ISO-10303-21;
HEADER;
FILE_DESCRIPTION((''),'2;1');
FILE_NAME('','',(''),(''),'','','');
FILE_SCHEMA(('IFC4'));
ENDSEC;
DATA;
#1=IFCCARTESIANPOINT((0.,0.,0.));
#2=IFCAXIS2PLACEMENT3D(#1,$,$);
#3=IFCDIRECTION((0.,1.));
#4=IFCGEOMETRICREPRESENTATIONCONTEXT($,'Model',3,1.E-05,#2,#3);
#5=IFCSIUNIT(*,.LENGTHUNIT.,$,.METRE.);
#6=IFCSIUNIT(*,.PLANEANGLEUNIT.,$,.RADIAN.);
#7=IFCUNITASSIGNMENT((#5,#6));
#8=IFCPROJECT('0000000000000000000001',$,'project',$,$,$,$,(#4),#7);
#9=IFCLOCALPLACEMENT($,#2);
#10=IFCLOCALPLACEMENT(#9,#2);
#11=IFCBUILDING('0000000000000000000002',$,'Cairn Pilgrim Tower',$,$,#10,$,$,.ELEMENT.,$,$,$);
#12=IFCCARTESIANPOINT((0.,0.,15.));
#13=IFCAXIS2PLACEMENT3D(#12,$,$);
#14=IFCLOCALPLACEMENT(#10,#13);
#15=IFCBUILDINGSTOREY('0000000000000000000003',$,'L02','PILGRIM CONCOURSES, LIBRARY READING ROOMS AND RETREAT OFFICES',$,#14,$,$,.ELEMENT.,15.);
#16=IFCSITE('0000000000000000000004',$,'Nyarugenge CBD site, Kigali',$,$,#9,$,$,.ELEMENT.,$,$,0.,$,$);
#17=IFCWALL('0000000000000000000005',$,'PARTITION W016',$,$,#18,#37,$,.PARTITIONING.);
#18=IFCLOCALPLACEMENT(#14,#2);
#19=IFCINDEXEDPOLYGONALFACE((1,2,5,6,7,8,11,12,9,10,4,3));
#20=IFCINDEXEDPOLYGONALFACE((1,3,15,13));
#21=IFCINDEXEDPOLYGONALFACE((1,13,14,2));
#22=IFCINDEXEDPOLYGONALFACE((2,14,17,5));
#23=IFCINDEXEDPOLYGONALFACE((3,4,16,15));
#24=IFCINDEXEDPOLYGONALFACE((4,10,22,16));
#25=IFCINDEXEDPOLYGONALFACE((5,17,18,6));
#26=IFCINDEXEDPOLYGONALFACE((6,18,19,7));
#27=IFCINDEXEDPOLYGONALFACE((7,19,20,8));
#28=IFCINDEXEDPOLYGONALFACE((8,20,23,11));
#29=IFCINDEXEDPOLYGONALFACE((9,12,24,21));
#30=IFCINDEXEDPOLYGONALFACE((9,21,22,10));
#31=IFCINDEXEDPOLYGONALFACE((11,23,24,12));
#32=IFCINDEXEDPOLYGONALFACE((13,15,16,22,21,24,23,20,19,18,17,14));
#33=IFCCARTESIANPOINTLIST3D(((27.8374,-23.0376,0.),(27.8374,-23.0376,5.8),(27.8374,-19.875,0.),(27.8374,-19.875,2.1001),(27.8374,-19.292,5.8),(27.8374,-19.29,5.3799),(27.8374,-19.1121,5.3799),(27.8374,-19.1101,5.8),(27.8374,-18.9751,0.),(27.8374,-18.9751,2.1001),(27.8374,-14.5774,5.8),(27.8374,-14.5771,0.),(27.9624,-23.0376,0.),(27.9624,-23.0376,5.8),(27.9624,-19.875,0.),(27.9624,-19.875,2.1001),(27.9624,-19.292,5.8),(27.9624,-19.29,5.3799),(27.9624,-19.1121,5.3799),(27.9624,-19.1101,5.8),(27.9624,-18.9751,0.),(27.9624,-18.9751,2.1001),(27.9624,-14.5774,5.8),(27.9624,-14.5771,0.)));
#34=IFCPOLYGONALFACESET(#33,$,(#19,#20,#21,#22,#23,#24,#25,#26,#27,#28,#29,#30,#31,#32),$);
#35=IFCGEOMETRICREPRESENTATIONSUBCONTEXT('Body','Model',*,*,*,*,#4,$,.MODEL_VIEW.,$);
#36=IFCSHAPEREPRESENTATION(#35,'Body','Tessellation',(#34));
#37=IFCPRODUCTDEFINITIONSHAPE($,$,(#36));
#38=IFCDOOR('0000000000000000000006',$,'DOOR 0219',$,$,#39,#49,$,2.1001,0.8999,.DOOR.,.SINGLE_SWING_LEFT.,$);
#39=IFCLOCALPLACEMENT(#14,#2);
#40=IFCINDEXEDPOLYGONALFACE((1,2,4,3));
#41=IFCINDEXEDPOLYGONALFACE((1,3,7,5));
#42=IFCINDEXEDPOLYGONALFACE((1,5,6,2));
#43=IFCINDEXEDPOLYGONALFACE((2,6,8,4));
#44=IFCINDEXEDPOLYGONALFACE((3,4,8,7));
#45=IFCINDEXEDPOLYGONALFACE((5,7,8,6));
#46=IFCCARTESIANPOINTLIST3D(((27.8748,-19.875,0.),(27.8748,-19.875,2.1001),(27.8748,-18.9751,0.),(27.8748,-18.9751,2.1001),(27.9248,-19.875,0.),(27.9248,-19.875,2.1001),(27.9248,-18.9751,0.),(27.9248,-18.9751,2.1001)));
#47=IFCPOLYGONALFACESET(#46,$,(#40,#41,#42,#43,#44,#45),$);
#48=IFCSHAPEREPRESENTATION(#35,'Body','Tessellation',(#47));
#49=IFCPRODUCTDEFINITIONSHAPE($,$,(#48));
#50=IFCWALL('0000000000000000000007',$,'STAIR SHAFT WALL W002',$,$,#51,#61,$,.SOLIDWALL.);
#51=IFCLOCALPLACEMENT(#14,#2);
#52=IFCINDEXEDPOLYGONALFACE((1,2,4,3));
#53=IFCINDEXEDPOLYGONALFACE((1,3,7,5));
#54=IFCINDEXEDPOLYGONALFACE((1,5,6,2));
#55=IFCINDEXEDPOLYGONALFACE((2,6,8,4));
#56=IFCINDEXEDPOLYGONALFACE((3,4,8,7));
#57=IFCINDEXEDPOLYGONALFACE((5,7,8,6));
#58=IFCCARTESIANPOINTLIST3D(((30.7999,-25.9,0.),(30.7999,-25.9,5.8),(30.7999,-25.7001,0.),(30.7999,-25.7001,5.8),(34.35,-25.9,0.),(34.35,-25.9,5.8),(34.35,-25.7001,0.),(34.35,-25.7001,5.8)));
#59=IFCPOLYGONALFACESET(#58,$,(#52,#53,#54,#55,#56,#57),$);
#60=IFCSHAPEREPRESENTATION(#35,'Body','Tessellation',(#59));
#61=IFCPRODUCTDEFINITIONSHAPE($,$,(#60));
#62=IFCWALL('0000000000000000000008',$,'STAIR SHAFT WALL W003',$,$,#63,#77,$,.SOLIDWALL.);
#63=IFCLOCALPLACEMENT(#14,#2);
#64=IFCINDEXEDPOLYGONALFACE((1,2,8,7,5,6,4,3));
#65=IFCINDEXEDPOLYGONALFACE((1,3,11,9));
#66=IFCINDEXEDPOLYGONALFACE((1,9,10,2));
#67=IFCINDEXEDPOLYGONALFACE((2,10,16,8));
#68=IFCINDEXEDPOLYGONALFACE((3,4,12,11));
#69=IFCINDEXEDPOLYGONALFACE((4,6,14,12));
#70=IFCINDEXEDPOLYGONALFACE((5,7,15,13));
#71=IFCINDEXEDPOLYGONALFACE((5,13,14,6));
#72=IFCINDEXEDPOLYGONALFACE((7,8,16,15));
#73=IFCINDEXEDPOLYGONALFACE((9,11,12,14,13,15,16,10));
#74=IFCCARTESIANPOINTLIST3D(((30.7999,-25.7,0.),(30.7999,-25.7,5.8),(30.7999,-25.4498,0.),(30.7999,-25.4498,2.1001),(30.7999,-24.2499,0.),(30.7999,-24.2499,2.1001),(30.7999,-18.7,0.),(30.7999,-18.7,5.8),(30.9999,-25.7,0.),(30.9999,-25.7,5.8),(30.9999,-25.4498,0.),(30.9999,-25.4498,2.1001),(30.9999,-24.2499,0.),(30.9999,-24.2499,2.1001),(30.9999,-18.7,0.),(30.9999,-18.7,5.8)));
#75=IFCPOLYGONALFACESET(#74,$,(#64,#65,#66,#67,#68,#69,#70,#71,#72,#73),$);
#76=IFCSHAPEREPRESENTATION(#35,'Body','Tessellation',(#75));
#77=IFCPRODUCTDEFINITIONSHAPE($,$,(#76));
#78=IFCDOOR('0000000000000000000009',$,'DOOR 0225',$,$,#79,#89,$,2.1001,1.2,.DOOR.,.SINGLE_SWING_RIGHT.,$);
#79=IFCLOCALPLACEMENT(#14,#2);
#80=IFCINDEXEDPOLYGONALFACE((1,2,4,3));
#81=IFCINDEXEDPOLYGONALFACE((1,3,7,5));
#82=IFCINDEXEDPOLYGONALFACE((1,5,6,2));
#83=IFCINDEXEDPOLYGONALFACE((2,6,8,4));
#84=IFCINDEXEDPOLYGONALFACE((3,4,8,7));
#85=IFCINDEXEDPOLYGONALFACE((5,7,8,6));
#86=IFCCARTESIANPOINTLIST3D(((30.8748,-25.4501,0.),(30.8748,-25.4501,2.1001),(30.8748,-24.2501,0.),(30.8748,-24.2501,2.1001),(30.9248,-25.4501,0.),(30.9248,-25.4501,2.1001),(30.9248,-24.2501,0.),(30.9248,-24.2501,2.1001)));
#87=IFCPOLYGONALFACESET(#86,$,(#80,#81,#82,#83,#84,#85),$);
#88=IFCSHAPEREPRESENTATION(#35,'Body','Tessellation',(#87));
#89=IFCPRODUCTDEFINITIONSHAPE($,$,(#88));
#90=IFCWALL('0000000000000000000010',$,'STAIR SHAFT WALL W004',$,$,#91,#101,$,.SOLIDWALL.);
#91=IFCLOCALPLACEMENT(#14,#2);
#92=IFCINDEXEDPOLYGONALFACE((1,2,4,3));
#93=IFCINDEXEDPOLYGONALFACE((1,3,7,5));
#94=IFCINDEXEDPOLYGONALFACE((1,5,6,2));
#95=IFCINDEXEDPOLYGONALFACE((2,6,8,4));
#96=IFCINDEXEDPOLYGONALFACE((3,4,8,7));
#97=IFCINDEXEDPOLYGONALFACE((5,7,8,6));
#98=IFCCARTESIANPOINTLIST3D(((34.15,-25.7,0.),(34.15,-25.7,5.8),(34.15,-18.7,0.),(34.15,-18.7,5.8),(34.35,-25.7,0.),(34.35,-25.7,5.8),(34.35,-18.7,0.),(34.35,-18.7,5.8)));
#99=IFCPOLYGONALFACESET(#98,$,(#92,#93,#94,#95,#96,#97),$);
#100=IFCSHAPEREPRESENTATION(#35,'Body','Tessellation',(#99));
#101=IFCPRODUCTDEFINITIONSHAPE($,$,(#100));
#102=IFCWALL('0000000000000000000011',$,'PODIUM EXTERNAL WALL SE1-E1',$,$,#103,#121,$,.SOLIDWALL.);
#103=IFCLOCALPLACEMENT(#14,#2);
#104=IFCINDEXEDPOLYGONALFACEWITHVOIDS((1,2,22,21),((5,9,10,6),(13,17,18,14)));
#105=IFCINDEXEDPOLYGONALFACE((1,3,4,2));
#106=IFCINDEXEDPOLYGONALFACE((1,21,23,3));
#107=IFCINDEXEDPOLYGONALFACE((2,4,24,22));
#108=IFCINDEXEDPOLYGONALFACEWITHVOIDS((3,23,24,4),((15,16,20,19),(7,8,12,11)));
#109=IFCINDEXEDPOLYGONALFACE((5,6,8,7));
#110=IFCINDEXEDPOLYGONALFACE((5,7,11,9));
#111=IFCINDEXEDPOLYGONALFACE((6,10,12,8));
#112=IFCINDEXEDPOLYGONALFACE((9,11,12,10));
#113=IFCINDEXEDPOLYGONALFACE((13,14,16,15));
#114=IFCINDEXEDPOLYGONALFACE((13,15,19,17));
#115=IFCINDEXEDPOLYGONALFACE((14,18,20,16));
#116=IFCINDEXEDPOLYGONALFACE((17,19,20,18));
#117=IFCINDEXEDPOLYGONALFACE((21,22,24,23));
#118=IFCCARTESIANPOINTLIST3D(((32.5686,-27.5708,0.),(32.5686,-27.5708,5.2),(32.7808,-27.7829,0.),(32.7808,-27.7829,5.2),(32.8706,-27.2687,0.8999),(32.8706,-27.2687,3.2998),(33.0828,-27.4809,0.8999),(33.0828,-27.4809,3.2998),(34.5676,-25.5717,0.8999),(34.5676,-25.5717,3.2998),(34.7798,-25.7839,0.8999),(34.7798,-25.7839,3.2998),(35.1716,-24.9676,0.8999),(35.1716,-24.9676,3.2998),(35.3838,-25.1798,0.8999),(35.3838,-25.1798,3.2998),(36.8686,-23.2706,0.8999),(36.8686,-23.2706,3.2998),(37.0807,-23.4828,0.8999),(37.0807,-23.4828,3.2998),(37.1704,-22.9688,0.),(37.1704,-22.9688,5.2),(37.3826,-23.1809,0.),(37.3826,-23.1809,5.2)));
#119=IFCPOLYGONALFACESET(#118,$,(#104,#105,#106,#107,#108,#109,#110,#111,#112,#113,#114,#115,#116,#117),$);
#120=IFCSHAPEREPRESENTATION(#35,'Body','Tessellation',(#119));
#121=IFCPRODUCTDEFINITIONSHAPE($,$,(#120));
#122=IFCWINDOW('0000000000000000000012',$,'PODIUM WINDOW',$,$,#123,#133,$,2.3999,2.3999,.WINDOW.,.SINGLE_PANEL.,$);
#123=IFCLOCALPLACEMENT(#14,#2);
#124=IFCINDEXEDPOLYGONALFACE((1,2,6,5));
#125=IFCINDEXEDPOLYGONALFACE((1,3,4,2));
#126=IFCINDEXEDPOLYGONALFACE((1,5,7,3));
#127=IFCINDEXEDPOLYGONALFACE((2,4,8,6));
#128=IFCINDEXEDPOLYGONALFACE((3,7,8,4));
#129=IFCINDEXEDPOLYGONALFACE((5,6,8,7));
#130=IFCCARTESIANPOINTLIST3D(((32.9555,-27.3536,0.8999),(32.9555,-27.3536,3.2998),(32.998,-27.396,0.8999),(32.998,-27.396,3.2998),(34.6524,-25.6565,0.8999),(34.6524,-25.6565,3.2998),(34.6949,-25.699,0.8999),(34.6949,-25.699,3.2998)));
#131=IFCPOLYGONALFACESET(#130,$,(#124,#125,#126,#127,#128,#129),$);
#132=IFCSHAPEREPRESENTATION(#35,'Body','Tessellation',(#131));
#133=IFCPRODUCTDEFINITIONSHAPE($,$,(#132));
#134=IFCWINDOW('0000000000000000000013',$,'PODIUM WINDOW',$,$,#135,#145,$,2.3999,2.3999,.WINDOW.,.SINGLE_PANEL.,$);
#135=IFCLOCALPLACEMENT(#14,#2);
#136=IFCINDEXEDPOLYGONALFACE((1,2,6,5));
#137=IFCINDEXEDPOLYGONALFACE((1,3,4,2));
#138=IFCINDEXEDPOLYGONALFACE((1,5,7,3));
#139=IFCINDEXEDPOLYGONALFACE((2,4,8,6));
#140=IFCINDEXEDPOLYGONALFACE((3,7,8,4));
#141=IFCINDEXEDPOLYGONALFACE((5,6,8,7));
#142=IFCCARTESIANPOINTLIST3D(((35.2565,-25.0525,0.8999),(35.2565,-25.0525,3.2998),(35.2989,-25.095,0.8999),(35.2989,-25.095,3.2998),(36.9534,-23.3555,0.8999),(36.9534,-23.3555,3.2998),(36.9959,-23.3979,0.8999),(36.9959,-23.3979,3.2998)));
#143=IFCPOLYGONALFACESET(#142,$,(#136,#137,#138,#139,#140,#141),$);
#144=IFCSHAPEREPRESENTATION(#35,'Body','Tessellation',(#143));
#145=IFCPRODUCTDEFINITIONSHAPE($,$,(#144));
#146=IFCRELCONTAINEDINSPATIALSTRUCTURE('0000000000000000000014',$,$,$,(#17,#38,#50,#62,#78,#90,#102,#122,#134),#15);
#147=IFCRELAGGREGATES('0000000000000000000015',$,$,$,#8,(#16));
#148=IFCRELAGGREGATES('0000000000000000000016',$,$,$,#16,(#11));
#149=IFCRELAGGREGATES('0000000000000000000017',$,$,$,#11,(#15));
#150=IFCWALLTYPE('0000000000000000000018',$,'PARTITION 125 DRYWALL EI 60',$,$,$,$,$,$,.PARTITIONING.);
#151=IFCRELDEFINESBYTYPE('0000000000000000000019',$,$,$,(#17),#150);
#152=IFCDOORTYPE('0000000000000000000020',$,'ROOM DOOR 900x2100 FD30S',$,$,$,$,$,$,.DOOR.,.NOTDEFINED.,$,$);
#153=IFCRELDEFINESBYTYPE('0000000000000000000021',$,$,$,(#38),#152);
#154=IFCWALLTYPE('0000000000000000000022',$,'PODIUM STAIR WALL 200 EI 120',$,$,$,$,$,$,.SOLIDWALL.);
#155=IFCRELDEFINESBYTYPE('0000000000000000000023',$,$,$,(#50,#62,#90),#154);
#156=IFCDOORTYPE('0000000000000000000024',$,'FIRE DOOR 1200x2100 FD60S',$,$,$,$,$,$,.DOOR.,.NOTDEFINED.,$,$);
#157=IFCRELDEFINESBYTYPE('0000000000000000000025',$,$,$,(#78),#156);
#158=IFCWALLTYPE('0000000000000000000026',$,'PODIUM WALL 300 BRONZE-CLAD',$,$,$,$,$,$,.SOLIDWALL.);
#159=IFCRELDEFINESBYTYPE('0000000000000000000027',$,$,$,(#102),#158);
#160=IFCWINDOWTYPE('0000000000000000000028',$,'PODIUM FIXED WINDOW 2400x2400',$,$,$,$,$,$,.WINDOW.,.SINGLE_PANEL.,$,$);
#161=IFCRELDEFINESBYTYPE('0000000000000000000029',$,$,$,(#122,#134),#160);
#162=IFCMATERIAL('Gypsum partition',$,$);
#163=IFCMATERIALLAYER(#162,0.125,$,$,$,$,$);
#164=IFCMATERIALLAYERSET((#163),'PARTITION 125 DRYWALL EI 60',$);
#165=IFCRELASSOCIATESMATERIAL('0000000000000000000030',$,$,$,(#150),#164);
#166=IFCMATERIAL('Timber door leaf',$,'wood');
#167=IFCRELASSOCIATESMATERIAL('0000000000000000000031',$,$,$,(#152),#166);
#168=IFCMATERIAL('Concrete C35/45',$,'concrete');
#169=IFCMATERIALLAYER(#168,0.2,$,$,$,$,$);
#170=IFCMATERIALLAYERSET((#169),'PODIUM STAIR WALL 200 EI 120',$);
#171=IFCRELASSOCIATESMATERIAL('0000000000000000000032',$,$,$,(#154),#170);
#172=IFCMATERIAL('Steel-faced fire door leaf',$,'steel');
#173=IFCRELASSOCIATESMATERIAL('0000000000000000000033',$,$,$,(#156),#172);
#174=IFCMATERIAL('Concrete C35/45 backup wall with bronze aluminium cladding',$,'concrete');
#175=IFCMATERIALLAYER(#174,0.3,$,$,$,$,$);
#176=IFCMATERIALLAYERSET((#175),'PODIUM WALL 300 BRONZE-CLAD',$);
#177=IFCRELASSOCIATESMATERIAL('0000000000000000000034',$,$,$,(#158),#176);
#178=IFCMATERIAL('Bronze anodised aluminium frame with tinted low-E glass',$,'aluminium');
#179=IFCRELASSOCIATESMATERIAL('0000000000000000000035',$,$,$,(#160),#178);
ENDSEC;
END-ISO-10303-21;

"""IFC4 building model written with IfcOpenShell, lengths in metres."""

from ifc_helpers import new_model, si_unit, direction, frame, frame_2d, origin, place, context, subcontext, project, spatial, polyline, rectangle, outline, extrude, material, layer, layer_set, type_object, element, fill, save


model = new_model("IFC4")

# Units and contexts
model_context = context("Model", 3, precision=1e-05, world=origin(), true_north=direction((0.0, 1.0)))
body_context = subcontext(model_context, "Body", "Model", "MODEL_VIEW")
ifc_project = project(units=[si_unit("LENGTHUNIT", "METRE"), si_unit("PLANEANGLEUNIT", "RADIAN")], contexts=[model_context])

# Site, building, storey
site_placement = place(None, origin())
site = spatial("IfcSite", under=ifc_project, at=site_placement, Name="Nyarugenge CBD site, Kigali", CompositionType="ELEMENT", RefElevation=0.0)
building_placement = place(site_placement, origin())
building = spatial("IfcBuilding", under=site, at=building_placement, Name="Cairn Pilgrim Tower", CompositionType="ELEMENT")
storey_placement = place(building_placement, frame((0.0, 0.0, 15.0)))
storey = spatial("IfcBuildingStorey", under=building, at=storey_placement, Name="L02", Description="PILGRIM CONCOURSES, LIBRARY READING ROOMS AND RETREAT OFFICES", CompositionType="ELEMENT", Elevation=15.0)

# Wall, opening, door
ifc_material_1 = material(Name="Gypsum partition")
ifc_layer_1 = layer(ifc_material_1, 0.125)
ifc_layer_set_1 = layer_set([ifc_layer_1], Name="PARTITION 125 DRYWALL EI 60")
wall_type_1 = type_object("IfcWallType", Name="PARTITION 125 DRYWALL EI 60", PredefinedType="PARTITIONING", material=ifc_layer_set_1)
wall_1_placement = place(storey_placement, frame((27.8999, -23.0376, 0.0), z_axis=(0.0, 0.0, 1.0), x_axis=(0.0, 1.0, 0.0)))
wall_1 = element("IfcWall", 1, at=wall_1_placement, inside=storey, type_object=wall_type_1, Name="PARTITION W016", PredefinedType="PARTITIONING", context=body_context, shape_type="SweptSolid", body=[
    extrude(outline(polyline([(0.0, 0.0), (8.4604, 0.0), (8.4602, 5.8), (3.9275, 5.8), (3.9255, 5.3799), (3.7476, 5.3799), (3.7456, 5.8), (0.0, 5.8), (0.0, 0.0)])), frame((0.0, 0.0625, 0.0), z_axis=(0.0, -1.0, 0.0), x_axis=(1.0, 0.0, 0.0)), (0.0, 0.0, 1.0), 0.125),
])
opening_1_placement = place(wall_1_placement, frame((3.1626, 0.0, 0.0)))
opening_1 = element("IfcOpeningElement", 2, at=opening_1_placement, cuts=wall_1, PredefinedType="OPENING", context=body_context, shape_type="SweptSolid", body=[
    extrude(rectangle(XDim=0.8999, YDim=2.1001, at=frame_2d((0.45, 1.05))), frame((0.0, 0.0725, 0.0), z_axis=(0.0, -1.0, 0.0), x_axis=(1.0, 0.0, 0.0)), (0.0, 0.0, 1.0), 0.145),
])
ifc_material_2 = material(Name="Timber door leaf", Category="wood")
door_type_1 = type_object("IfcDoorType", Name="ROOM DOOR 900x2100 FD30S", OperationType="NOTDEFINED", PredefinedType="DOOR", material=ifc_material_2)
door_1_placement = place(opening_1_placement, frame((0.8999, 0.0, 0.0), z_axis=(0.0, 0.0, 1.0), x_axis=(-1.0, 0.0, 0.0)))
door_1 = element("IfcDoor", 3, at=door_1_placement, inside=storey, type_object=door_type_1, Name="DOOR 0219", OperationType="SINGLE_SWING_LEFT", OverallHeight=2.1001, OverallWidth=0.8999, PredefinedType="DOOR", context=body_context, shape_type="SweptSolid", body=[
    extrude(rectangle(XDim=0.8999, YDim=2.1001, at=frame_2d((0.45, 1.05))), frame((0.0, 0.0249, 0.0), z_axis=(0.0, -1.0, 0.0), x_axis=(1.0, 0.0, 0.0)), (0.0, 0.0, 1.0), 0.05),
])
fill(opening_1, door_1)

# Wall
ifc_material_3 = material(Name="Concrete C35/45", Category="concrete")
ifc_layer_2 = layer(ifc_material_3, 0.2)
ifc_layer_set_2 = layer_set([ifc_layer_2], Name="PODIUM STAIR WALL 200 EI 120")
wall_type_2 = type_object("IfcWallType", Name="PODIUM STAIR WALL 200 EI 120", PredefinedType="SOLIDWALL", material=ifc_layer_set_2)
wall_2_placement = place(storey_placement, frame((30.8, -25.8, 0.0), z_axis=(0.0, 0.0, 1.0), x_axis=(1.0, 0.0, 0.0)))
element("IfcWall", 4, at=wall_2_placement, inside=storey, type_object=wall_type_2, Name="STAIR SHAFT WALL W002", PredefinedType="SOLIDWALL", context=body_context, shape_type="SweptSolid", body=[
    extrude(rectangle(XDim=3.55, YDim=0.2, at=frame_2d((1.7749, 0.0))), origin(), (0.0, 0.0, 1.0), 5.8),
])

# Wall, opening, door
wall_3_placement = place(storey_placement, frame((30.8999, -25.7, 0.0), z_axis=(0.0, 0.0, 1.0), x_axis=(0.0, 1.0, 0.0)))
wall_3 = element("IfcWall", 5, at=wall_3_placement, inside=storey, type_object=wall_type_2, Name="STAIR SHAFT WALL W003", PredefinedType="SOLIDWALL", context=body_context, shape_type="SweptSolid", body=[
    extrude(rectangle(XDim=7.0, YDim=0.2, at=frame_2d((3.5, 0.0))), origin(), (0.0, 0.0, 1.0), 5.8),
])
opening_2_placement = place(wall_3_placement, frame((0.25, 0.0, 0.0)))
opening_2 = element("IfcOpeningElement", 6, at=opening_2_placement, cuts=wall_3, PredefinedType="OPENING", context=body_context, shape_type="SweptSolid", body=[
    extrude(rectangle(XDim=1.2, YDim=2.1001, at=frame_2d((0.6001, 1.05))), frame((0.0, 0.1099, 0.0), z_axis=(0.0, -1.0, 0.0), x_axis=(1.0, 0.0, 0.0)), (0.0, 0.0, 1.0), 0.22),
])
ifc_material_4 = material(Name="Steel-faced fire door leaf", Category="steel")
door_type_2 = type_object("IfcDoorType", Name="FIRE DOOR 1200x2100 FD60S", OperationType="NOTDEFINED", PredefinedType="DOOR", material=ifc_material_4)
door_2_placement = place(opening_2_placement, frame((1.2, 0.0, 0.0), z_axis=(0.0, 0.0, 1.0), x_axis=(-1.0, 0.0, 0.0)))
door_2 = element("IfcDoor", 7, at=door_2_placement, inside=storey, type_object=door_type_2, Name="DOOR 0225", OperationType="SINGLE_SWING_RIGHT", OverallHeight=2.1001, OverallWidth=1.2, PredefinedType="DOOR", context=body_context, shape_type="SweptSolid", body=[
    extrude(rectangle(XDim=1.2, YDim=2.1001, at=frame_2d((0.6001, 1.05))), frame((0.0, 0.0249, 0.0), z_axis=(0.0, -1.0, 0.0), x_axis=(1.0, 0.0, 0.0)), (0.0, 0.0, 1.0), 0.05),
])
fill(opening_2, door_2)

# Wall
wall_4_placement = place(storey_placement, frame((34.25, -25.7, 0.0), z_axis=(0.0, 0.0, 1.0), x_axis=(0.0, 1.0, 0.0)))
element("IfcWall", 8, at=wall_4_placement, inside=storey, type_object=wall_type_2, Name="STAIR SHAFT WALL W004", PredefinedType="SOLIDWALL", context=body_context, shape_type="SweptSolid", body=[
    extrude(rectangle(XDim=7.0, YDim=0.2, at=frame_2d((3.5, 0.0))), origin(), (0.0, 0.0, 1.0), 5.8),
])

# Wall, openings, windows
ifc_material_5 = material(Name="Concrete C35/45 backup wall with bronze aluminium cladding", Category="concrete")
ifc_layer_3 = layer(ifc_material_5, 0.3)
ifc_layer_set_3 = layer_set([ifc_layer_3], Name="PODIUM WALL 300 BRONZE-CLAD")
wall_type_3 = type_object("IfcWallType", Name="PODIUM WALL 300 BRONZE-CLAD", PredefinedType="SOLIDWALL", material=ifc_layer_set_3)
wall_5_placement = place(storey_placement, frame((32.6748, -27.6768, 0.0), z_axis=(0.0, 0.0, 1.0), x_axis=(0.707088, 0.707126, 0.0)))
wall_5 = element("IfcWall", 9, at=wall_5_placement, inside=storey, type_object=wall_type_3, Name="PODIUM EXTERNAL WALL SE1-E1", PredefinedType="SOLIDWALL", context=body_context, shape_type="SweptSolid", body=[
    extrude(rectangle(XDim=6.5081, YDim=0.3, at=frame_2d((3.2539, 0.0))), origin(), (0.0, 0.0, 1.0), 5.2),
])
opening_3_placement = place(wall_5_placement, frame((0.427, 0.0, 0.8999)))
opening_3 = element("IfcOpeningElement", 10, at=opening_3_placement, cuts=wall_5, PredefinedType="OPENING", context=body_context, shape_type="SweptSolid", body=[
    extrude(rectangle(XDim=2.3999, YDim=2.3999, at=frame_2d((1.2, 1.2))), frame((0.0, 0.1602, 0.0), z_axis=(0.0, -1.0, 0.0), x_axis=(1.0, 0.0, 0.0)), (0.0, 0.0, 1.0), 0.3201),
])
opening_4_placement = place(wall_5_placement, frame((3.6812, 0.0, 0.8999)))
opening_4 = element("IfcOpeningElement", 11, at=opening_4_placement, cuts=wall_5, PredefinedType="OPENING", context=body_context, shape_type="SweptSolid", body=[
    extrude(rectangle(XDim=2.3999, YDim=2.3999, at=frame_2d((1.2, 1.2))), frame((0.0, 0.1602, 0.0), z_axis=(0.0, -1.0, 0.0), x_axis=(1.0, 0.0, 0.0)), (0.0, 0.0, 1.0), 0.3201),
])
ifc_material_6 = material(Name="Bronze anodised aluminium frame with tinted low-E glass", Category="aluminium")
window_type = type_object("IfcWindowType", Name="PODIUM FIXED WINDOW 2400x2400", PartitioningType="SINGLE_PANEL", PredefinedType="WINDOW", material=ifc_material_6)
window_1_placement = place(opening_3_placement, origin())
window_1 = element("IfcWindow", 12, at=window_1_placement, inside=storey, type_object=window_type, Name="PODIUM WINDOW", OverallHeight=2.3999, OverallWidth=2.3999, PartitioningType="SINGLE_PANEL", PredefinedType="WINDOW", context=body_context, shape_type="SweptSolid", body=[
    extrude(rectangle(XDim=2.3999, YDim=2.3999, at=frame_2d((1.2, 1.2))), frame((0.0, 0.03, 0.0), z_axis=(0.0, -1.0, 0.0), x_axis=(1.0, 0.0, 0.0)), (0.0, 0.0, 1.0), 0.0601),
])
fill(opening_3, window_1)
window_2_placement = place(opening_4_placement, origin())
window_2 = element("IfcWindow", 13, at=window_2_placement, inside=storey, type_object=window_type, Name="PODIUM WINDOW", OverallHeight=2.3999, OverallWidth=2.3999, PartitioningType="SINGLE_PANEL", PredefinedType="WINDOW", context=body_context, shape_type="SweptSolid", body=[
    extrude(rectangle(XDim=2.3999, YDim=2.3999, at=frame_2d((1.2, 1.2))), frame((0.0, 0.03, 0.0), z_axis=(0.0, -1.0, 0.0), x_axis=(1.0, 0.0, 0.0)), (0.0, 0.0, 1.0), 0.0601),
])
fill(opening_4, window_2)

save(model, "model.ifc")
